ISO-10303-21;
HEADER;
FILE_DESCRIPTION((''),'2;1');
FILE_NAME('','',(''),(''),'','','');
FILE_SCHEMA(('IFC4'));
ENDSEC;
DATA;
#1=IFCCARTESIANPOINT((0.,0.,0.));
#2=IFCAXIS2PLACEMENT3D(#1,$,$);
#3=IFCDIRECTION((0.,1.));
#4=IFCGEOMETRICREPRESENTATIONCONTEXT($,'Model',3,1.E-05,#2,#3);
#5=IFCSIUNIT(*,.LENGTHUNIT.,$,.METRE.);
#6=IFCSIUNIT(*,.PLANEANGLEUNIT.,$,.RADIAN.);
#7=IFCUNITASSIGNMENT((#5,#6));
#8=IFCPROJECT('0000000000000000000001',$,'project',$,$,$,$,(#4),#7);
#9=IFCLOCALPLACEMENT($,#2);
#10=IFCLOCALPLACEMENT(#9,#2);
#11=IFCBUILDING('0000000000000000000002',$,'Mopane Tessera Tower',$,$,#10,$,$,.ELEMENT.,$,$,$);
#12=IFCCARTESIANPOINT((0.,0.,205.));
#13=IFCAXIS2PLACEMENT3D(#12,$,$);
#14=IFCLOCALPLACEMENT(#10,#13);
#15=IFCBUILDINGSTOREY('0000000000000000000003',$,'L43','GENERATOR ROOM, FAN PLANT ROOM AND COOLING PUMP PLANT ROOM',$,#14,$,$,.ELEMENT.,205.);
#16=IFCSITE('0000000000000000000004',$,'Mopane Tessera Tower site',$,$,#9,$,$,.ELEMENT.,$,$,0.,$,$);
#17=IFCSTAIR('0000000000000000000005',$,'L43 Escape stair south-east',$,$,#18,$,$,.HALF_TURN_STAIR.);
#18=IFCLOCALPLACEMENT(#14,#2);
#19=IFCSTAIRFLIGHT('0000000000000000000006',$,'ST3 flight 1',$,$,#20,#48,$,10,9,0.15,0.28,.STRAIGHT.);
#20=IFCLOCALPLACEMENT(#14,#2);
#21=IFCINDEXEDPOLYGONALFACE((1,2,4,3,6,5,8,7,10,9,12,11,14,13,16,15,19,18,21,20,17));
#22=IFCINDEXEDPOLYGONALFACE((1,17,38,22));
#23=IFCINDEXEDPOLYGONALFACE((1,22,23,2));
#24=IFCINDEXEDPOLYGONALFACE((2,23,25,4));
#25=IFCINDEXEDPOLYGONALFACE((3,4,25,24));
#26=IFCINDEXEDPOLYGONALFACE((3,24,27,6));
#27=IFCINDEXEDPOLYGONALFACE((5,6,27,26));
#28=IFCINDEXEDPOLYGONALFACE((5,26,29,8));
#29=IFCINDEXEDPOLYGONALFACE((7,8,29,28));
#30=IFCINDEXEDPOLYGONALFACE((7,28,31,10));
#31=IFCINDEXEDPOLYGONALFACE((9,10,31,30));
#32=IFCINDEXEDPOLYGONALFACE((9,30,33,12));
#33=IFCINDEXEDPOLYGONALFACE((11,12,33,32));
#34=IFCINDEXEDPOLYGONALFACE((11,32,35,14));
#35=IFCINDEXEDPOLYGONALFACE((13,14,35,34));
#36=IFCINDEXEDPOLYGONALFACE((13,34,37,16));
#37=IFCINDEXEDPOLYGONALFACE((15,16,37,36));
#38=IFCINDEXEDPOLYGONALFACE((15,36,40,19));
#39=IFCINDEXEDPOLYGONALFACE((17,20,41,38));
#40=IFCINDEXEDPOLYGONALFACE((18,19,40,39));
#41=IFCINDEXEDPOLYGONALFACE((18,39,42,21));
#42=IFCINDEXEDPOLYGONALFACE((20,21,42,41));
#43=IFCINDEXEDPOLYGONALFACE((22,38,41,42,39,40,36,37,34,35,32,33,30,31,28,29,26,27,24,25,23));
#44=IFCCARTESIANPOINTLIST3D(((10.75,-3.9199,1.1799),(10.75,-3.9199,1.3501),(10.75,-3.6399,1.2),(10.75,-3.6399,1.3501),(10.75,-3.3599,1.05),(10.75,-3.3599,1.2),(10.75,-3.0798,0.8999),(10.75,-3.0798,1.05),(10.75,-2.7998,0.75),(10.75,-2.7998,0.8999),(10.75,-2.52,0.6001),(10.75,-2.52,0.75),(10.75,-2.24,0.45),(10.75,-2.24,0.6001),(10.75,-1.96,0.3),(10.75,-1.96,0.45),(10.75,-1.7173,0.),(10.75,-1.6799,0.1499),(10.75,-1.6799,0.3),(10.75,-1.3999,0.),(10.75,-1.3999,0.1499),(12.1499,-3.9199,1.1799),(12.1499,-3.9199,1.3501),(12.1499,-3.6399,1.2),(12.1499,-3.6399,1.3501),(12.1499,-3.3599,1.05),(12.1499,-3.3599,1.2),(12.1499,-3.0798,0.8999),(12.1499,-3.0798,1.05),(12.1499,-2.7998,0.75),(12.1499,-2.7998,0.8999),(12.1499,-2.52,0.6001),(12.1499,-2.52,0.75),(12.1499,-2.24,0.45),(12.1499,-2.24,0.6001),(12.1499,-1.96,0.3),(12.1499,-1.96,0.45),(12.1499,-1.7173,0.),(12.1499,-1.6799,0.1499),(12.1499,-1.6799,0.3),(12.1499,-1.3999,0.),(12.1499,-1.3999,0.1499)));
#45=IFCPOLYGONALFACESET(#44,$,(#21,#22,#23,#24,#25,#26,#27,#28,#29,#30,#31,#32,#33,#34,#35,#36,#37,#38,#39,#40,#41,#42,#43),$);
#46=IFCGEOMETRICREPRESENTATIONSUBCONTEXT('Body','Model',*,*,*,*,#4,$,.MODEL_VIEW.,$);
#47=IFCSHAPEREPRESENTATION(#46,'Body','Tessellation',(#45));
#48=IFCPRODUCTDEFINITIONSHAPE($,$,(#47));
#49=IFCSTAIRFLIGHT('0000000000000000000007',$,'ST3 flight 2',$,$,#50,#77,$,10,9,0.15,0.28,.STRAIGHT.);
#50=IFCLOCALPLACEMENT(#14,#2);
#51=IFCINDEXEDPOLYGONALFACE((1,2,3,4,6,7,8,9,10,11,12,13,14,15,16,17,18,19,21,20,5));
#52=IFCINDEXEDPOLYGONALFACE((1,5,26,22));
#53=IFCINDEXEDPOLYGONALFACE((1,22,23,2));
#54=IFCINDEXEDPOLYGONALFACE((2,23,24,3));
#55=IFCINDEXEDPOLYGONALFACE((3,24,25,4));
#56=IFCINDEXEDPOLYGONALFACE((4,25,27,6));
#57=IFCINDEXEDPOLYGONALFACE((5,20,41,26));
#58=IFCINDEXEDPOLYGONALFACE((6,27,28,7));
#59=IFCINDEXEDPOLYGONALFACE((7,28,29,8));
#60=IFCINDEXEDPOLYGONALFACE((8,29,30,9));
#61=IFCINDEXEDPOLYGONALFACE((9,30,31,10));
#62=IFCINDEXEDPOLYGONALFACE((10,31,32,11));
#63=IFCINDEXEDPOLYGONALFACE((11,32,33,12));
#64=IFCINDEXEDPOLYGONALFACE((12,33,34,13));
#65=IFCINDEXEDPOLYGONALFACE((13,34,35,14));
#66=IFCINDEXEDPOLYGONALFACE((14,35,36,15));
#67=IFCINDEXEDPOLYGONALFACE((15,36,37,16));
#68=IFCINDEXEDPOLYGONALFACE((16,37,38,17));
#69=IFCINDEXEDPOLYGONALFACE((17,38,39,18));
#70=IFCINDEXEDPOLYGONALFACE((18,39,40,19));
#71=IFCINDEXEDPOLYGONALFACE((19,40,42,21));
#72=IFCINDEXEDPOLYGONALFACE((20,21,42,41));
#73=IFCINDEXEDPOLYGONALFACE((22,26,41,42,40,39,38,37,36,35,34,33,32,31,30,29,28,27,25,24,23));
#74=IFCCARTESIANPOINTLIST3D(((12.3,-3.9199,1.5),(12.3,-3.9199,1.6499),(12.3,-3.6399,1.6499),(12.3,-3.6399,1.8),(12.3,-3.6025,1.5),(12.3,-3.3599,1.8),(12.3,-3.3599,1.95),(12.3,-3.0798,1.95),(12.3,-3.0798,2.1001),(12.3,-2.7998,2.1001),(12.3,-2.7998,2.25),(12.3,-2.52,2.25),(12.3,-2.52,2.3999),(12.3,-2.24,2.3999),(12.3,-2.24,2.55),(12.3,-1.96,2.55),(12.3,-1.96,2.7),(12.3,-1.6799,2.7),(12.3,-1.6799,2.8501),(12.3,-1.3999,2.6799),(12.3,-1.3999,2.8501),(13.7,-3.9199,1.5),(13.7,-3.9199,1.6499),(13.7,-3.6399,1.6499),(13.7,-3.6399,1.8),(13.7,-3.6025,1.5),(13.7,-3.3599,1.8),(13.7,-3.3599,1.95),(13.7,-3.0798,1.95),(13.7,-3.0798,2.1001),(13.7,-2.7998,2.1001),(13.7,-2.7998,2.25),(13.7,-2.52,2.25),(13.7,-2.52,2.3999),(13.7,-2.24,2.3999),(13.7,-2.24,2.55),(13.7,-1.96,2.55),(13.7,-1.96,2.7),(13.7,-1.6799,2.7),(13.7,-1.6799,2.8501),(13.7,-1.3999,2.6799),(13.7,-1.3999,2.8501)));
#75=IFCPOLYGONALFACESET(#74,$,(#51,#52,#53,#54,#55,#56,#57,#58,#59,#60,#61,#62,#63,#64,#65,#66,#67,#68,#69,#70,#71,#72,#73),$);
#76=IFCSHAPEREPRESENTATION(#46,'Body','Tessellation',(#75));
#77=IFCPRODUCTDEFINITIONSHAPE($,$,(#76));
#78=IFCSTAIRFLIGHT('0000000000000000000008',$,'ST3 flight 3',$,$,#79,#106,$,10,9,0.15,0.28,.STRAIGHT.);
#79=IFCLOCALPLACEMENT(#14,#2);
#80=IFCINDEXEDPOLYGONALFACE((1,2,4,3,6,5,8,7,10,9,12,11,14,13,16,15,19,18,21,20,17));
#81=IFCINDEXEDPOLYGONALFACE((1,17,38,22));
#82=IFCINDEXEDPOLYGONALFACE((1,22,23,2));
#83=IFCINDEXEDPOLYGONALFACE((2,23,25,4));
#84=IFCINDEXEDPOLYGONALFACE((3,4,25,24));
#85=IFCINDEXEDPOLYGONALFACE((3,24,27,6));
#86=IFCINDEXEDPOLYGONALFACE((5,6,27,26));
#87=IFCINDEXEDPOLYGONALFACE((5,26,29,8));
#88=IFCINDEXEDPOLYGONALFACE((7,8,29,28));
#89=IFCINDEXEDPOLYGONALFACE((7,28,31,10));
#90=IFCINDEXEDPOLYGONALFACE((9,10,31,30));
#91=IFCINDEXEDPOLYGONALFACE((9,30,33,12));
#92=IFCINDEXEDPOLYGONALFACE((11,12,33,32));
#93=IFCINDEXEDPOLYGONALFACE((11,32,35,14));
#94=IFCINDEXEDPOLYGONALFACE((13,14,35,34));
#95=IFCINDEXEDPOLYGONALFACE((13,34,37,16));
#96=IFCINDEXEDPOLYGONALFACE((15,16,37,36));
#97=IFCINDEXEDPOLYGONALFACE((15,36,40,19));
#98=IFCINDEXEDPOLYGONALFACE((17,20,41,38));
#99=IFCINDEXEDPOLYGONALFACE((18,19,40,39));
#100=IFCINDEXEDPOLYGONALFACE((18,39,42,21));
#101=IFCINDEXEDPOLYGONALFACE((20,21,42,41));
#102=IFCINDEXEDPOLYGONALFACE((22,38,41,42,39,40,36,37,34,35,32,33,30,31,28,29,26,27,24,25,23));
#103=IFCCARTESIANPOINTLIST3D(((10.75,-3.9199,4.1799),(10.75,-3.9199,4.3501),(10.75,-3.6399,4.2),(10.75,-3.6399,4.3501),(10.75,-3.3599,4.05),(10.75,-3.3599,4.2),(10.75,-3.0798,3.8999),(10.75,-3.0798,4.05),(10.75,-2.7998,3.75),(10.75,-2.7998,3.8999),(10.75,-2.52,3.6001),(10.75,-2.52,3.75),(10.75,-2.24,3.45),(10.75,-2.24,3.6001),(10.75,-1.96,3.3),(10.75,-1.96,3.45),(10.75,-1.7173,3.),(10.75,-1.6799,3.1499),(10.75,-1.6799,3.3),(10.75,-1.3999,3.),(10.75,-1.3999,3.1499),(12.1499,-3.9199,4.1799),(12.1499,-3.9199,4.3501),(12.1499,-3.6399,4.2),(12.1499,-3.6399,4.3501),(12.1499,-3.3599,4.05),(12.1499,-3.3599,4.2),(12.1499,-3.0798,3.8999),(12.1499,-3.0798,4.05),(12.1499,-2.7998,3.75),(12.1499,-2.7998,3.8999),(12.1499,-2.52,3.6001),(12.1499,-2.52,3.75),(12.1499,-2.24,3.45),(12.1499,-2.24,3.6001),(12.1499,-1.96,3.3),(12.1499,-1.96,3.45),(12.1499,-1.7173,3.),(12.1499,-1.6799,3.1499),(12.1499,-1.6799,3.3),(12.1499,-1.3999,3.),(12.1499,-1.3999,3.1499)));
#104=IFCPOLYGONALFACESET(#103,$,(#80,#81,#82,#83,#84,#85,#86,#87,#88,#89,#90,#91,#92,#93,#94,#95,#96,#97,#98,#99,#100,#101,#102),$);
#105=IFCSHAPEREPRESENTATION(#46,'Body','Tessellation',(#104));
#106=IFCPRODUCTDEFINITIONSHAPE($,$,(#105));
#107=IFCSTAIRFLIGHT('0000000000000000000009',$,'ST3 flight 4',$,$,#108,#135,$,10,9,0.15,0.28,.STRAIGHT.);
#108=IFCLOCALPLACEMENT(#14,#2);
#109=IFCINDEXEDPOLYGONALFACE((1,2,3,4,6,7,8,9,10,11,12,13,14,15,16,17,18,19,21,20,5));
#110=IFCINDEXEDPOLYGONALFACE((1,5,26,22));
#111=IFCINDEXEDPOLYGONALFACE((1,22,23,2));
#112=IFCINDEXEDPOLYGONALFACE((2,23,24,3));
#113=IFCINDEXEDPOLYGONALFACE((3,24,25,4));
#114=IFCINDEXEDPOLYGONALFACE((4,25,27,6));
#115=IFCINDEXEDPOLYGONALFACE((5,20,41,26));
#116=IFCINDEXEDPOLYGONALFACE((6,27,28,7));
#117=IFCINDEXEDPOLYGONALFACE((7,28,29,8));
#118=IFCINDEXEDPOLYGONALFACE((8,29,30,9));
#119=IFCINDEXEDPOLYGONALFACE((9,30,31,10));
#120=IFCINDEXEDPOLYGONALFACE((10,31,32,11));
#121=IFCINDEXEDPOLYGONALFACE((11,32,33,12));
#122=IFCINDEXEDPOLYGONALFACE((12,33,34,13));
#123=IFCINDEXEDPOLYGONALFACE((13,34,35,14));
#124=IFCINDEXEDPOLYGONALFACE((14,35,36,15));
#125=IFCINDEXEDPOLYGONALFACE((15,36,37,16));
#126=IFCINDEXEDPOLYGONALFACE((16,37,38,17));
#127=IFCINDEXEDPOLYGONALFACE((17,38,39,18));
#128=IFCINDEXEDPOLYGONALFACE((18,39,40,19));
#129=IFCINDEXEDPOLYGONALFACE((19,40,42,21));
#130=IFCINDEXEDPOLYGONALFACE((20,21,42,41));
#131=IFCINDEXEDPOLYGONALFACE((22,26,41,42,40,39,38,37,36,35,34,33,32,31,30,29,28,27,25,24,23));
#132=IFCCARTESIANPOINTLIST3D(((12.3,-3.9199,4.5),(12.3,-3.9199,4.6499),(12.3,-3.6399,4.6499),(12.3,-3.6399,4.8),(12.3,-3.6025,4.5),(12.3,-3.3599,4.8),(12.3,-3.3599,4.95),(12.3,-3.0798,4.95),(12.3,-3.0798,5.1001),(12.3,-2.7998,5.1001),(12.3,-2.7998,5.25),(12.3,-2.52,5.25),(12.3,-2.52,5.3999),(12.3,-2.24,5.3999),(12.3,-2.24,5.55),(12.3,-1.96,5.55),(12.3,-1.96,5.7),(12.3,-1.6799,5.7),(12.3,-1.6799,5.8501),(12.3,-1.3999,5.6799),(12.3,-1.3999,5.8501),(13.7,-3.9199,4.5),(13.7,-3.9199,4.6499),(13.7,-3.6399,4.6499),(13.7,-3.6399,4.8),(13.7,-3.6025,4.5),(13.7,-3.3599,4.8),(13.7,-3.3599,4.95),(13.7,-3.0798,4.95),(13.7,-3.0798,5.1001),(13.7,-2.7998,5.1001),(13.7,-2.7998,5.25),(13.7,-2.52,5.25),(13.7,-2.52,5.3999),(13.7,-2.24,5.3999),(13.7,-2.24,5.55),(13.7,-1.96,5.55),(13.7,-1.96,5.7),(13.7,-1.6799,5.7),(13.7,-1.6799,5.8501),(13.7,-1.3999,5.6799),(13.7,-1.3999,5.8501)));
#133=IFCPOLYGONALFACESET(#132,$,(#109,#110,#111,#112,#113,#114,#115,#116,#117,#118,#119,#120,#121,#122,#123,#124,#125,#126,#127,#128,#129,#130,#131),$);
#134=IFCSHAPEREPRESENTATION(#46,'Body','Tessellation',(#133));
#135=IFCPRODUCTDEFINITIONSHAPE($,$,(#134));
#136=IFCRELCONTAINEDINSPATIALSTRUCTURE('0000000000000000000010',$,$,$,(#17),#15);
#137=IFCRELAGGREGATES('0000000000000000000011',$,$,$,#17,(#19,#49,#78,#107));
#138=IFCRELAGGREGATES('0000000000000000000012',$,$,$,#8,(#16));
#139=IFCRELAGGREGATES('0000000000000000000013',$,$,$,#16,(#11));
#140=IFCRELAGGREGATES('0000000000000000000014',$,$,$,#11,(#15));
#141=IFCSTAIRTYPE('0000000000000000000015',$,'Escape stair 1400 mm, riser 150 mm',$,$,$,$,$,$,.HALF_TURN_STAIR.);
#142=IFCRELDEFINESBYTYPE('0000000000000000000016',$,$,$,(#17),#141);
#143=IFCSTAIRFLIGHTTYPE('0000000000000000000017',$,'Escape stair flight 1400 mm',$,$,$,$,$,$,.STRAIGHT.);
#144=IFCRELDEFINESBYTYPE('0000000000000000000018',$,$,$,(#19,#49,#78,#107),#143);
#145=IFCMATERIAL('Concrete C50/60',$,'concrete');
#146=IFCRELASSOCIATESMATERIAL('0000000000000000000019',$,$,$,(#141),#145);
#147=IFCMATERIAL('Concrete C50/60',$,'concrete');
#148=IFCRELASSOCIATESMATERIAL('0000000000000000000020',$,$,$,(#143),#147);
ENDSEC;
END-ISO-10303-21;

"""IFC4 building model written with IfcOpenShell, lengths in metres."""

from ifc_helpers import new_model, si_unit, direction, frame, origin, place, context, subcontext, project, spatial, polyline, outline, extrude, material, type_object, element, aggregate, save


model = new_model("IFC4")

# Units and contexts
model_context = context("Model", 3, precision=1e-05, world=origin(), true_north=direction((0.0, 1.0)))
body_context = subcontext(model_context, "Body", "Model", "MODEL_VIEW")
ifc_project = project(units=[si_unit("LENGTHUNIT", "METRE"), si_unit("PLANEANGLEUNIT", "RADIAN")], contexts=[model_context])

# Site, building, storey
site_placement = place(None, origin())
site = spatial("IfcSite", under=ifc_project, at=site_placement, Name="Mopane Tessera Tower site", CompositionType="ELEMENT", RefElevation=0.0)
building_placement = place(site_placement, origin())
building = spatial("IfcBuilding", under=site, at=building_placement, Name="Mopane Tessera Tower", CompositionType="ELEMENT")
storey_placement = place(building_placement, frame((0.0, 0.0, 205.0)))
storey = spatial("IfcBuildingStorey", under=building, at=storey_placement, Name="L43", Description="GENERATOR ROOM, FAN PLANT ROOM AND COOLING PUMP PLANT ROOM", CompositionType="ELEMENT", Elevation=205.0)

# Stair, stair flights
ifc_material_1 = material(Name="Concrete C50/60", Category="concrete")
stair_type = type_object("IfcStairType", Name="Escape stair 1400 mm, riser 150 mm", PredefinedType="HALF_TURN_STAIR", material=ifc_material_1)
stair_placement = place(storey_placement, origin())
stair = element("IfcStair", 1, at=stair_placement, inside=storey, type_object=stair_type, Name="L43 Escape stair south-east", PredefinedType="HALF_TURN_STAIR")
ifc_material_2 = material(Name="Concrete C50/60", Category="concrete")
stair_flight_type = type_object("IfcStairFlightType", Name="Escape stair flight 1400 mm", PredefinedType="STRAIGHT", material=ifc_material_2)
stair_flight_1_placement = place(storey_placement, frame((11.45, -1.3999, 0.0), z_axis=(0.0, 0.0, 1.0), x_axis=(0.0, -1.0, 0.0)))
stair_flight_1 = element("IfcStairFlight", 2, at=stair_flight_1_placement, type_object=stair_flight_type, Name="ST3 flight 1", NumberOfRisers=10, NumberOfTreads=9, PredefinedType="STRAIGHT", RiserHeight=0.15, TreadLength=0.28, context=body_context, shape_type="SweptSolid", body=[
    extrude(outline(polyline([(0.0, 0.0), (0.0, 0.1499), (0.28, 0.1499), (0.28, 0.3), (0.5601, 0.3), (0.5601, 0.45), (0.8401, 0.45), (0.8401, 0.6001), (1.1201, 0.6001), (1.1201, 0.75), (1.3999, 0.75), (1.3999, 0.8999), (1.6799, 0.8999), (1.6799, 1.05), (1.96, 1.05), (1.96, 1.2), (2.24, 1.2), (2.24, 1.3501), (2.52, 1.3501), (2.52, 1.5), (2.52, 1.1799), (0.3174, 0.0), (0.0, 0.0)])), frame((0.0, 0.7, 0.0), z_axis=(0.0, -1.0, 0.0), x_axis=(1.0, 0.0, 0.0)), (0.0, 0.0, 1.0), 1.3999),
])
stair_flight_2_placement = place(storey_placement, frame((13.0, -3.9199, 1.5), z_axis=(0.0, 0.0, 1.0), x_axis=(0.0, 1.0, 0.0)))
stair_flight_2 = element("IfcStairFlight", 3, at=stair_flight_2_placement, type_object=stair_flight_type, Name="ST3 flight 2", NumberOfRisers=10, NumberOfTreads=9, PredefinedType="STRAIGHT", RiserHeight=0.15, TreadLength=0.28, context=body_context, shape_type="SweptSolid", body=[
    extrude(outline(polyline([(0.0, 0.0), (0.0, 0.1499), (0.28, 0.1499), (0.28, 0.3), (0.5601, 0.3), (0.5601, 0.45), (0.8401, 0.45), (0.8401, 0.6001), (1.1201, 0.6001), (1.1201, 0.75), (1.3999, 0.75), (1.3999, 0.8999), (1.6799, 0.8999), (1.6799, 1.05), (1.96, 1.05), (1.96, 1.2), (2.24, 1.2), (2.24, 1.3501), (2.52, 1.3501), (2.52, 1.5), (2.52, 1.1799), (0.3174, 0.0), (0.0, 0.0)])), frame((0.0, 0.7, 0.0), z_axis=(0.0, -1.0, 0.0), x_axis=(1.0, 0.0, 0.0)), (0.0, 0.0, 1.0), 1.3999),
])
stair_flight_3_placement = place(storey_placement, frame((11.45, -1.3999, 3.0), z_axis=(0.0, 0.0, 1.0), x_axis=(0.0, -1.0, 0.0)))
stair_flight_3 = element("IfcStairFlight", 4, at=stair_flight_3_placement, type_object=stair_flight_type, Name="ST3 flight 3", NumberOfRisers=10, NumberOfTreads=9, PredefinedType="STRAIGHT", RiserHeight=0.15, TreadLength=0.28, context=body_context, shape_type="SweptSolid", body=[
    extrude(outline(polyline([(0.0, 0.0), (0.0, 0.1499), (0.28, 0.1499), (0.28, 0.3), (0.5601, 0.3), (0.5601, 0.45), (0.8401, 0.45), (0.8401, 0.6001), (1.1201, 0.6001), (1.1201, 0.75), (1.3999, 0.75), (1.3999, 0.8999), (1.6799, 0.8999), (1.6799, 1.05), (1.96, 1.05), (1.96, 1.2), (2.24, 1.2), (2.24, 1.3501), (2.52, 1.3501), (2.52, 1.5), (2.52, 1.1799), (0.3174, 0.0), (0.0, 0.0)])), frame((0.0, 0.7, 0.0), z_axis=(0.0, -1.0, 0.0), x_axis=(1.0, 0.0, 0.0)), (0.0, 0.0, 1.0), 1.3999),
])
stair_flight_4_placement = place(storey_placement, frame((13.0, -3.9199, 4.5), z_axis=(0.0, 0.0, 1.0), x_axis=(0.0, 1.0, 0.0)))
stair_flight_4 = element("IfcStairFlight", 5, at=stair_flight_4_placement, type_object=stair_flight_type, Name="ST3 flight 4", NumberOfRisers=10, NumberOfTreads=9, PredefinedType="STRAIGHT", RiserHeight=0.15, TreadLength=0.28, context=body_context, shape_type="SweptSolid", body=[
    extrude(outline(polyline([(0.0, 0.0), (0.0, 0.1499), (0.28, 0.1499), (0.28, 0.3), (0.5601, 0.3), (0.5601, 0.45), (0.8401, 0.45), (0.8401, 0.6001), (1.1201, 0.6001), (1.1201, 0.75), (1.3999, 0.75), (1.3999, 0.8999), (1.6799, 0.8999), (1.6799, 1.05), (1.96, 1.05), (1.96, 1.2), (2.24, 1.2), (2.24, 1.3501), (2.52, 1.3501), (2.52, 1.5), (2.52, 1.1799), (0.3174, 0.0), (0.0, 0.0)])), frame((0.0, 0.7, 0.0), z_axis=(0.0, -1.0, 0.0), x_axis=(1.0, 0.0, 0.0)), (0.0, 0.0, 1.0), 1.3999),
])
aggregate(stair, [stair_flight_1, stair_flight_2, stair_flight_3, stair_flight_4])

save(model, "model.ifc")
